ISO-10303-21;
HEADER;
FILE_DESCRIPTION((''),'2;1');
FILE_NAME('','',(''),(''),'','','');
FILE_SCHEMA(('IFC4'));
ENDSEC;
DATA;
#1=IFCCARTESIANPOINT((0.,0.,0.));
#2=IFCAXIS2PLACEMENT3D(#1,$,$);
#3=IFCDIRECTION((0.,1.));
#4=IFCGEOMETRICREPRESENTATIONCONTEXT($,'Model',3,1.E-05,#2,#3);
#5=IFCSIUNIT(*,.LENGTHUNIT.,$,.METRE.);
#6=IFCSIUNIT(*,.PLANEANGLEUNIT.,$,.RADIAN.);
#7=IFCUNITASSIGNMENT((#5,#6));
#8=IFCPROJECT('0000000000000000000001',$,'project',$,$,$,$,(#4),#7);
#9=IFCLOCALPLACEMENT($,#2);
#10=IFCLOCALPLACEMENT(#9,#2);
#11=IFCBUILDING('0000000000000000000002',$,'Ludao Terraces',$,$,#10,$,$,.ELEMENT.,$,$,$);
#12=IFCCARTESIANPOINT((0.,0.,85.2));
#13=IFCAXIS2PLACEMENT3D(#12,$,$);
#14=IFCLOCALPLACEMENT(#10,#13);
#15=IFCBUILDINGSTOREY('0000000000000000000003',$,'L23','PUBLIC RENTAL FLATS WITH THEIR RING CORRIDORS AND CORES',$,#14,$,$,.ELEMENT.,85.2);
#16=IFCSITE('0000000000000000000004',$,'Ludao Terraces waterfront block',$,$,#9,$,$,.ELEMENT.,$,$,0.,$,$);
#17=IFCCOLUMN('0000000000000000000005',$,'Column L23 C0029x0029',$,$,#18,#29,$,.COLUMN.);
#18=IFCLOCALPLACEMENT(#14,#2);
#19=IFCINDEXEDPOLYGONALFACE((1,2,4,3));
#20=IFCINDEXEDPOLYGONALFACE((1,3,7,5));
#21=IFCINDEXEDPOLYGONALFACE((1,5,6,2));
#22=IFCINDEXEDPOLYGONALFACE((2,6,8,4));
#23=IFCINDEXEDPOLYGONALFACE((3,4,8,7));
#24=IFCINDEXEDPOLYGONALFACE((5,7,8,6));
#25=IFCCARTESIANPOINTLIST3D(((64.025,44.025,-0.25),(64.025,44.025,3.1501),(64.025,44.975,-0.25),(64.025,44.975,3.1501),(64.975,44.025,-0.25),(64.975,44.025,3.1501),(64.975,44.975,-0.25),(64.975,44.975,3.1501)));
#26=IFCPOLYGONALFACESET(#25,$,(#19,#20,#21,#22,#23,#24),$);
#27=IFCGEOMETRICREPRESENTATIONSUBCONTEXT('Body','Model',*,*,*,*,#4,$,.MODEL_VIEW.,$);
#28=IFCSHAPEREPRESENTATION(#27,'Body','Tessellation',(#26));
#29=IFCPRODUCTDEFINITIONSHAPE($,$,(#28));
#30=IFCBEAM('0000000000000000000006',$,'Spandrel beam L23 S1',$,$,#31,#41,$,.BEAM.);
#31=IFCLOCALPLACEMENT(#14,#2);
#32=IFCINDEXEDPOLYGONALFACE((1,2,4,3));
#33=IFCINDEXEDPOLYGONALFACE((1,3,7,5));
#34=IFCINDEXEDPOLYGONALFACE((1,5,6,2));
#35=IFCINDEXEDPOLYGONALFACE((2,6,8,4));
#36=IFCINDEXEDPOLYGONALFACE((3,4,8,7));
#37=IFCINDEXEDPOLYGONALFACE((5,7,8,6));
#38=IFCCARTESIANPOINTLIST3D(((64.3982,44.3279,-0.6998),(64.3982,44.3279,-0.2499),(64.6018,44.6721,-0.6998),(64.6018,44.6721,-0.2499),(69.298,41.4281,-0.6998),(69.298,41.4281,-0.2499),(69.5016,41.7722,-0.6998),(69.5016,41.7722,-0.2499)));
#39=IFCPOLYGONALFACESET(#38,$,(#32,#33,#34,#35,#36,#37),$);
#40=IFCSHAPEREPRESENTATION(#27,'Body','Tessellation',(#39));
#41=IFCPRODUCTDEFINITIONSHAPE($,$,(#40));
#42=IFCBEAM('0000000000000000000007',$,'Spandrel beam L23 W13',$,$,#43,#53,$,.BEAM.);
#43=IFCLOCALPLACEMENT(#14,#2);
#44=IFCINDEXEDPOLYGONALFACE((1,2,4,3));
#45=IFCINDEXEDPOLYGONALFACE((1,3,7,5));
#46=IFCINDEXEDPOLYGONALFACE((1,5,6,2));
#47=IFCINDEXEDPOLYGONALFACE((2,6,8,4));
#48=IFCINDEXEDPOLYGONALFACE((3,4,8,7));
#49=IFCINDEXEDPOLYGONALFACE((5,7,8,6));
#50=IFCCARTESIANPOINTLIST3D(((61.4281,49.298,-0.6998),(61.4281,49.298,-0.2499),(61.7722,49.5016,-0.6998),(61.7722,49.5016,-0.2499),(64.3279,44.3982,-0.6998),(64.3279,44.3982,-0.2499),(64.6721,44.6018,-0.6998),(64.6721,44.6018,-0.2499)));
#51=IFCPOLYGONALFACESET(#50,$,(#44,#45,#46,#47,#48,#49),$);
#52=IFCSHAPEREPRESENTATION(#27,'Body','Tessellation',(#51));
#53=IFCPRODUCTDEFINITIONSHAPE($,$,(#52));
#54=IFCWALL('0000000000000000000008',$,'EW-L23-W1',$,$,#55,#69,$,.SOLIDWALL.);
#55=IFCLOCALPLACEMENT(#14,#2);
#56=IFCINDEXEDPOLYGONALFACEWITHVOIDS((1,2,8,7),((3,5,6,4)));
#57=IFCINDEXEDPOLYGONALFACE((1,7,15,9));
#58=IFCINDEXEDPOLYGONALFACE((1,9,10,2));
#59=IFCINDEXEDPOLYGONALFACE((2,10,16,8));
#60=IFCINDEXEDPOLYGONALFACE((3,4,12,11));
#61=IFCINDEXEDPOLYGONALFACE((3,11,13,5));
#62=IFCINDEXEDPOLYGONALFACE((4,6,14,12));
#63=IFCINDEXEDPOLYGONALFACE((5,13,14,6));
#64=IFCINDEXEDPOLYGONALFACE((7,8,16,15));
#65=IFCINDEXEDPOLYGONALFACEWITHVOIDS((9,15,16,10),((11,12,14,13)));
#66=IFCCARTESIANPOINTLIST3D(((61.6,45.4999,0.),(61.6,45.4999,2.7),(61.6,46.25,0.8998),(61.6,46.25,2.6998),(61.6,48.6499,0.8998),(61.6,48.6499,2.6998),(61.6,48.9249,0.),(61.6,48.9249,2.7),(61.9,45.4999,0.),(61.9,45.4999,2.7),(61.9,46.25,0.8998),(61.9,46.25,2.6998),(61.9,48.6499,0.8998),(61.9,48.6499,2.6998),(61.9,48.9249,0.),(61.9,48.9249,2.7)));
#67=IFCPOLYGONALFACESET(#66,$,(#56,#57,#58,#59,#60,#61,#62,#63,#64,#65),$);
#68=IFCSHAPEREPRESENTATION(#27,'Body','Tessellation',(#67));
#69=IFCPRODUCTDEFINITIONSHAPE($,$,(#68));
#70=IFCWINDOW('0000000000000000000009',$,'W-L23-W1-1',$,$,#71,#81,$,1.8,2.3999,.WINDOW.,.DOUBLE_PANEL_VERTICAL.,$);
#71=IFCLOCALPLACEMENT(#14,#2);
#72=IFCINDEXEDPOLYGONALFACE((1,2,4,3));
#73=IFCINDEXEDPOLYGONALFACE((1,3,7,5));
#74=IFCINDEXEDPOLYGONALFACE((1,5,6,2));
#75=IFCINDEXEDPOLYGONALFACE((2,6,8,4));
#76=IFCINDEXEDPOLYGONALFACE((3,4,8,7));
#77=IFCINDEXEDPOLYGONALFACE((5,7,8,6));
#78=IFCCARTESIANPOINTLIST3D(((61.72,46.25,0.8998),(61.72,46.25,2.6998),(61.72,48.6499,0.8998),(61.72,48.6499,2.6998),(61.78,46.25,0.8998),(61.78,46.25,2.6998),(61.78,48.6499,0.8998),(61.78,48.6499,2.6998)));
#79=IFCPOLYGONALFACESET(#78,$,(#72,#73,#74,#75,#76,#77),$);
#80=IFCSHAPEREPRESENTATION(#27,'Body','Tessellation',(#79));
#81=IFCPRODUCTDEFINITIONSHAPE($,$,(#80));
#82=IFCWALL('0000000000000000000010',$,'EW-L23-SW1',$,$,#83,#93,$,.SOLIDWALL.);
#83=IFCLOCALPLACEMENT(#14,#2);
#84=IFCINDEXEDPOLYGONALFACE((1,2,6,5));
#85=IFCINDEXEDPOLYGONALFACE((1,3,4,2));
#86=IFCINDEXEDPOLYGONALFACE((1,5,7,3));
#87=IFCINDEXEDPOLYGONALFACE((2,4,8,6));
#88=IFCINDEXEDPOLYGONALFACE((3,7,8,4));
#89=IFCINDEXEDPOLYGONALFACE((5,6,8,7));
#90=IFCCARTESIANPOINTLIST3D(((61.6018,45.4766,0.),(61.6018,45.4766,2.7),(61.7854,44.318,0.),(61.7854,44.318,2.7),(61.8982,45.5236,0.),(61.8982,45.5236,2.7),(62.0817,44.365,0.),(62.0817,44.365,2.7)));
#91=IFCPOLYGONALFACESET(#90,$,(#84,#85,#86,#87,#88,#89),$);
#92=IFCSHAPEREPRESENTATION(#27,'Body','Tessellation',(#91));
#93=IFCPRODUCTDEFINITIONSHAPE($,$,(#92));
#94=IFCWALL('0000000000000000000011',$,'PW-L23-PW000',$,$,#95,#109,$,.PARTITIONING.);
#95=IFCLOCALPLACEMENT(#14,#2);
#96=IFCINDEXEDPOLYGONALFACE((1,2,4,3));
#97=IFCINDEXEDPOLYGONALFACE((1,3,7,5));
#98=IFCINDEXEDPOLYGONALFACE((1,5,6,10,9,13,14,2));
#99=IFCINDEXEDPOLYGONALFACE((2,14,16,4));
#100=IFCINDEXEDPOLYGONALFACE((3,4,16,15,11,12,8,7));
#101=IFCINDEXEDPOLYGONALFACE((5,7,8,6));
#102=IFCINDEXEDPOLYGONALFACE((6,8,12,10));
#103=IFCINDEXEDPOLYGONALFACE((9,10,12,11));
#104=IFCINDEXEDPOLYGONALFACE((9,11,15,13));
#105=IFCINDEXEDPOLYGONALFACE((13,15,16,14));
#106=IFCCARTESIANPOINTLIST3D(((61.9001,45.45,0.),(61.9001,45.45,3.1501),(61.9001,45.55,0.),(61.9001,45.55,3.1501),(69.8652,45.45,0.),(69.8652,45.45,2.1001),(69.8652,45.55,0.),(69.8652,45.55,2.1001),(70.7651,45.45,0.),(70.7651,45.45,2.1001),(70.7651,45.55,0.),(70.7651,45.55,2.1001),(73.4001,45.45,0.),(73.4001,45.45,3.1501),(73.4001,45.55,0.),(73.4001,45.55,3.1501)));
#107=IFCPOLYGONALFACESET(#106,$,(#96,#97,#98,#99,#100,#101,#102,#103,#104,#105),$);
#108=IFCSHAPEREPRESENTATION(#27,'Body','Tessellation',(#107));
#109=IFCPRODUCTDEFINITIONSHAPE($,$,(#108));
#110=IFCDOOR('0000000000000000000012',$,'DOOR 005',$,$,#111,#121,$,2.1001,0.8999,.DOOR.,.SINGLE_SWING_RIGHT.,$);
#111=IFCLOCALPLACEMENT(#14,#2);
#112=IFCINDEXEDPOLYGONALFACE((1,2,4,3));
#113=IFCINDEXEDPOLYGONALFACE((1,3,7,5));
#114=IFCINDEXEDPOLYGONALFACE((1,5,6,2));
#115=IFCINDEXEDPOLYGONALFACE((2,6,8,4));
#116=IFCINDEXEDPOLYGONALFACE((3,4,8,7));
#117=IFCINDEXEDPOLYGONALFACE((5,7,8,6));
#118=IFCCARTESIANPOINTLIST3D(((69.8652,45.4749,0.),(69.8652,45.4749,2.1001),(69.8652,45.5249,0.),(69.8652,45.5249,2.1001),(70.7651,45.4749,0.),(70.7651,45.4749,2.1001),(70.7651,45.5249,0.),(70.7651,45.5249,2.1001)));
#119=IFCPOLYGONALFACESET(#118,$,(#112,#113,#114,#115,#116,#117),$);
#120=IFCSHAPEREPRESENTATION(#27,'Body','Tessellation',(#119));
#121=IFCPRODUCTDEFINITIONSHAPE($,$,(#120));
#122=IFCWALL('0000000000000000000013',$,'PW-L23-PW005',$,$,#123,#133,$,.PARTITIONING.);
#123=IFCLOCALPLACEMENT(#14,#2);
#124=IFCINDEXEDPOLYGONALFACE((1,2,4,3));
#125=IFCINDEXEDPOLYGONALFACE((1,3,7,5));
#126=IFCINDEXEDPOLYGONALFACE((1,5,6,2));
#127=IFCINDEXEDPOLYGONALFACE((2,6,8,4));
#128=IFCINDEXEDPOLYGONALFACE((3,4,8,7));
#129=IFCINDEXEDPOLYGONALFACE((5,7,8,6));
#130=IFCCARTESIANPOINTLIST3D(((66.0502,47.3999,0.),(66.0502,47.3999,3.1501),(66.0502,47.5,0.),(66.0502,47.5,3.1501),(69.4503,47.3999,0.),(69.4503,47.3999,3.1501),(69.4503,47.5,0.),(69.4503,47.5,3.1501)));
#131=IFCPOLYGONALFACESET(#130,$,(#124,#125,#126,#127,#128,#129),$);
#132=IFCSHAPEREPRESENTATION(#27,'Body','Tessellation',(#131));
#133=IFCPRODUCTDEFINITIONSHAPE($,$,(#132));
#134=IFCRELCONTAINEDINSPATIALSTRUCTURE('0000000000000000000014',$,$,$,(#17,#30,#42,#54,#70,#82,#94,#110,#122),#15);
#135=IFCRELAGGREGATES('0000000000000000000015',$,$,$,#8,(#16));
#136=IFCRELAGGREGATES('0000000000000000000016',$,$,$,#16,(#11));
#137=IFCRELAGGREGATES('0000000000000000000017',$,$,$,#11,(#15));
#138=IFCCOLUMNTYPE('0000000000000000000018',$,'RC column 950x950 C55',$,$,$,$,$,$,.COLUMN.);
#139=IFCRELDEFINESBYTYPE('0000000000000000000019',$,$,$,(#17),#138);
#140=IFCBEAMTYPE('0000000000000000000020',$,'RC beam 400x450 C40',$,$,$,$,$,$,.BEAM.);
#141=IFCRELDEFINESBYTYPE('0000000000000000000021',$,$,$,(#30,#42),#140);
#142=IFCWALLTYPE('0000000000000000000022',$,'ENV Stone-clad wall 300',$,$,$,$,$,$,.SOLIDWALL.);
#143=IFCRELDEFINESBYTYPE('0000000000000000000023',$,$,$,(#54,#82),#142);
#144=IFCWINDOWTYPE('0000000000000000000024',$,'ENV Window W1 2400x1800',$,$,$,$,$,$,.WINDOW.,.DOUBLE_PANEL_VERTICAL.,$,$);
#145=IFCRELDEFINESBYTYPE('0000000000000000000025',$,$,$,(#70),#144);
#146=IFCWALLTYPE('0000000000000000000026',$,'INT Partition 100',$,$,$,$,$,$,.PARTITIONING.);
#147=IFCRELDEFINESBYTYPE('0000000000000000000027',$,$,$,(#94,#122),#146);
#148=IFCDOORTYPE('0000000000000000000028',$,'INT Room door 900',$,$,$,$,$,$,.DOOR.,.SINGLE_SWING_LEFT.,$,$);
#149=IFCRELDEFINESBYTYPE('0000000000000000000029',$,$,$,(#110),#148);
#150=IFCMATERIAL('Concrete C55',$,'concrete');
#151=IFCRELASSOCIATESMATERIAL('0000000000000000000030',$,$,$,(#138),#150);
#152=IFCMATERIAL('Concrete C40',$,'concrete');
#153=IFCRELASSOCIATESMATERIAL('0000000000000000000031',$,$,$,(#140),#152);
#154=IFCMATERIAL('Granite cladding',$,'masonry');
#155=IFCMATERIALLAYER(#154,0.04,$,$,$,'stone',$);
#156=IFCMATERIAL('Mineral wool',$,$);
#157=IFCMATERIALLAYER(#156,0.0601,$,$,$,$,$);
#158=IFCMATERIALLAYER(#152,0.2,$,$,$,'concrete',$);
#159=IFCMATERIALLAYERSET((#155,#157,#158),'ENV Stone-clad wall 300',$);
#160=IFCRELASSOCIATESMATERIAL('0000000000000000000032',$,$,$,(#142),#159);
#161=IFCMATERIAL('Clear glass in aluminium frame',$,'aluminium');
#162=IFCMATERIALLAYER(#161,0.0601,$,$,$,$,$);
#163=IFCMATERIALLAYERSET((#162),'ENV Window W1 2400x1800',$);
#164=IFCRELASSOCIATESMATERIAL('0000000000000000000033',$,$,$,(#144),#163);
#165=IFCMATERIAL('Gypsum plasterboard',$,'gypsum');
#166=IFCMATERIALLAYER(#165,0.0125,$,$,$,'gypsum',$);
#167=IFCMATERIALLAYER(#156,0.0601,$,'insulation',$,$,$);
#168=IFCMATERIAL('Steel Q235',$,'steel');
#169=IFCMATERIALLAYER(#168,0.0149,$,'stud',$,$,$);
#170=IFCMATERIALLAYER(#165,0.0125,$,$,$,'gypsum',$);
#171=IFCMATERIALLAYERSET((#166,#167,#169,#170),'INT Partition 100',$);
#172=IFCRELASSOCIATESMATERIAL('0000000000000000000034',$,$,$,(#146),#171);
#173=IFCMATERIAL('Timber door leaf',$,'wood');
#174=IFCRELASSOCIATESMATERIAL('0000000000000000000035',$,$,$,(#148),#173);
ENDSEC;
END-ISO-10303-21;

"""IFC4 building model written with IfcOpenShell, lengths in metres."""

from ifc_helpers import new_model, si_unit, direction, frame, frame_2d, origin, origin_2d, place, context, subcontext, project, spatial, rectangle, extrude, material, layer, layer_set, material_profile, profile_set, type_object, element, fill, save


model = new_model("IFC4")

# Units and contexts
model_context = context("Model", 3, precision=1e-05, world=origin(), true_north=direction((0.0, 1.0)))
body_context = subcontext(model_context, "Body", "Model", "MODEL_VIEW")
ifc_project = project(units=[si_unit("LENGTHUNIT", "METRE"), si_unit("PLANEANGLEUNIT", "RADIAN")], contexts=[model_context])

# Site, building, storey
site_placement = place(None, origin())
site = spatial("IfcSite", under=ifc_project, at=site_placement, Name="Ludao Terraces waterfront block", CompositionType="ELEMENT", RefElevation=0.0)
building_placement = place(site_placement, origin())
building = spatial("IfcBuilding", under=site, at=building_placement, Name="Ludao Terraces", CompositionType="ELEMENT")
storey_placement = place(building_placement, frame((0.0, 0.0, 85.2)))
storey = spatial("IfcBuildingStorey", under=building, at=storey_placement, Name="L23", Description="PUBLIC RENTAL FLATS WITH THEIR RING CORRIDORS AND CORES", CompositionType="ELEMENT", Elevation=85.2)

# Column
ifc_material_1 = material(Name="Concrete C55", Category="concrete")
ifc_material_profile_1 = material_profile(ifc_material_1, rectangle(XDim=0.95, YDim=0.95, at=origin_2d()), Name="950 X 950")
ifc_profile_set_1 = profile_set([ifc_material_profile_1], Name="Concrete C55")
column_type = type_object("IfcColumnType", Name="RC column 950x950 C55", PredefinedType="COLUMN", material=ifc_profile_set_1)
column_placement = place(storey_placement, frame((64.5, 44.5, -0.25), z_axis=(0.0, 0.0, 1.0), x_axis=(1.0, 0.0, 0.0)))
element("IfcColumn", 1, at=column_placement, inside=storey, type_object=column_type, Name="Column L23 C0029x0029", PredefinedType="COLUMN", context=body_context, shape_type="SweptSolid", body=[
    extrude(rectangle(XDim=0.95, YDim=0.95, at=origin_2d()), origin(), (0.0, 0.0, 1.0), 3.4001),
])

# Beams
ifc_material_2 = material(Name="Concrete C40", Category="concrete")
ifc_material_profile_2 = material_profile(ifc_material_2, rectangle(XDim=0.3999, YDim=0.45, at=origin_2d()), Name="400 X 450")
ifc_profile_set_2 = profile_set([ifc_material_profile_2], Name="Concrete C40")
beam_type = type_object("IfcBeamType", Name="RC beam 400x450 C40", PredefinedType="BEAM", material=ifc_profile_set_2)
for number, where, z_axis, x_axis, name in (
    (2, (64.5, 44.5, -0.4749), (0.86058, -0.509316, 0.0), (0.509316, 0.86058, 0.0), "Spandrel beam L23 S1"),
    (3, (64.5, 44.5, -0.4749), (-0.509316, 0.86058, 0.0), (-0.86058, -0.509316, 0.0), "Spandrel beam L23 W13"),
):
    element("IfcBeam", number, at=place(storey_placement, frame(where, z_axis=z_axis, x_axis=x_axis)), inside=storey, type_object=beam_type, Name=name, PredefinedType="BEAM", context=body_context, shape_type="SweptSolid", body=[
        extrude(rectangle(XDim=0.3999, YDim=0.45, at=origin_2d()), origin(), (0.0, 0.0, 1.0), 5.6936),
    ])

# Wall, opening, window
ifc_material_3 = material(Name="Granite cladding", Category="masonry")
ifc_layer_1 = layer(ifc_material_3, 0.04, Category="stone")
ifc_material_4 = material(Name="Mineral wool")
ifc_layer_2 = layer(ifc_material_4, 0.0601)
ifc_layer_3 = layer(ifc_material_2, 0.2, Category="concrete")
ifc_layer_set_1 = layer_set([ifc_layer_1, ifc_layer_2, ifc_layer_3], Name="ENV Stone-clad wall 300")
wall_type_1 = type_object("IfcWallType", Name="ENV Stone-clad wall 300", PredefinedType="SOLIDWALL", material=ifc_layer_set_1)
wall_1_placement = place(storey_placement, frame((61.75, 45.5, 0.0), z_axis=(0.0, 0.0, 1.0), x_axis=(0.0, 1.0, 0.0)))
wall_1 = element("IfcWall", 4, at=wall_1_placement, inside=storey, type_object=wall_type_1, Name="EW-L23-W1", PredefinedType="SOLIDWALL", context=body_context, shape_type="SweptSolid", body=[
    extrude(rectangle(XDim=3.425, YDim=0.3, at=frame_2d((1.7124, 0.0))), origin(), (0.0, 0.0, 1.0), 2.7),
])
opening_1_placement = place(wall_1_placement, frame((0.75, 0.0, 0.8999)))
opening_1 = element("IfcOpeningElement", 5, at=opening_1_placement, cuts=wall_1, PredefinedType="OPENING", context=body_context, shape_type="SweptSolid", body=[
    extrude(rectangle(XDim=2.3999, YDim=1.8, at=frame_2d((1.2, 0.8999))), frame((0.0, 0.1602, 0.0), z_axis=(0.0, -1.0, 0.0), x_axis=(1.0, 0.0, 0.0)), (0.0, 0.0, 1.0), 0.3201),
])
ifc_material_5 = material(Name="Clear glass in aluminium frame", Category="aluminium")
ifc_layer_4 = layer(ifc_material_5, 0.0601)
ifc_layer_set_2 = layer_set([ifc_layer_4], Name="ENV Window W1 2400x1800")
window_type = type_object("IfcWindowType", Name="ENV Window W1 2400x1800", PartitioningType="DOUBLE_PANEL_VERTICAL", PredefinedType="WINDOW", material=ifc_layer_set_2)
window_placement = place(opening_1_placement, origin())
window = element("IfcWindow", 6, at=window_placement, inside=storey, type_object=window_type, Name="W-L23-W1-1", OverallHeight=1.8, OverallWidth=2.3999, PartitioningType="DOUBLE_PANEL_VERTICAL", PredefinedType="WINDOW", context=body_context, shape_type="SweptSolid", body=[
    extrude(rectangle(XDim=2.3999, YDim=1.8, at=frame_2d((1.2, 0.8999))), frame((0.0, 0.03, 0.0), z_axis=(0.0, -1.0, 0.0), x_axis=(1.0, 0.0, 0.0)), (0.0, 0.0, 1.0), 0.0601),
])
fill(opening_1, window)

# Wall
wall_2_placement = place(storey_placement, frame((61.75, 45.5, 0.0), z_axis=(0.0, 0.0, 1.0), x_axis=(0.156497, -0.987678, 0.0)))
element("IfcWall", 7, at=wall_2_placement, inside=storey, type_object=wall_type_1, Name="EW-L23-SW1", PredefinedType="SOLIDWALL", context=body_context, shape_type="SweptSolid", body=[
    extrude(rectangle(XDim=1.1731, YDim=0.3, at=frame_2d((0.5864, 0.0))), origin(), (0.0, 0.0, 1.0), 2.7),
])

# Wall, opening, door
ifc_material_6 = material(Name="Gypsum plasterboard", Category="gypsum")
ifc_layer_5 = layer(ifc_material_6, 0.0125, Category="gypsum")
ifc_layer_6 = layer(ifc_material_4, 0.0601, Name="insulation")
ifc_material_7 = material(Name="Steel Q235", Category="steel")
ifc_layer_7 = layer(ifc_material_7, 0.0149, Name="stud")
ifc_layer_8 = layer(ifc_material_6, 0.0125, Category="gypsum")
ifc_layer_set_3 = layer_set([ifc_layer_5, ifc_layer_6, ifc_layer_7, ifc_layer_8], Name="INT Partition 100")
wall_type_2 = type_object("IfcWallType", Name="INT Partition 100", PredefinedType="PARTITIONING", material=ifc_layer_set_3)
wall_3_placement = place(storey_placement, frame((61.9001, 45.5, 0.0), z_axis=(0.0, 0.0, 1.0), x_axis=(1.0, 0.0, 0.0)))
wall_3 = element("IfcWall", 8, at=wall_3_placement, inside=storey, type_object=wall_type_2, Name="PW-L23-PW000", PredefinedType="PARTITIONING", context=body_context, shape_type="SweptSolid", body=[
    extrude(rectangle(XDim=11.5, YDim=0.1001, at=frame_2d((5.75, 0.0))), origin(), (0.0, 0.0, 1.0), 3.1501),
])
opening_2_placement = place(wall_3_placement, frame((7.9651, 0.0, 0.0)))
opening_2 = element("IfcOpeningElement", 9, at=opening_2_placement, cuts=wall_3, PredefinedType="OPENING", context=body_context, shape_type="SweptSolid", body=[
    extrude(rectangle(XDim=0.8999, YDim=2.1001, at=frame_2d((0.45, 1.05))), frame((0.0, 0.0601, 0.0), z_axis=(0.0, -1.0, 0.0), x_axis=(1.0, 0.0, 0.0)), (0.0, 0.0, 1.0), 0.1201),
])
ifc_material_8 = material(Name="Timber door leaf", Category="wood")
door_type = type_object("IfcDoorType", Name="INT Room door 900", OperationType="SINGLE_SWING_LEFT", PredefinedType="DOOR", material=ifc_material_8)
door_placement = place(opening_2_placement, origin())
door = element("IfcDoor", 10, at=door_placement, inside=storey, type_object=door_type, Name="DOOR 005", OperationType="SINGLE_SWING_RIGHT", OverallHeight=2.1001, OverallWidth=0.8999, PredefinedType="DOOR", context=body_context, shape_type="SweptSolid", body=[
    extrude(rectangle(XDim=0.8999, YDim=2.1001, at=frame_2d((0.45, 1.05))), frame((0.0, 0.0249, 0.0), z_axis=(0.0, -1.0, 0.0), x_axis=(1.0, 0.0, 0.0)), (0.0, 0.0, 1.0), 0.05),
])
fill(opening_2, door)

# Wall
wall_4_placement = place(storey_placement, frame((66.05, 47.45, 0.0), z_axis=(0.0, 0.0, 1.0), x_axis=(1.0, 0.0, 0.0)))
element("IfcWall", 11, at=wall_4_placement, inside=storey, type_object=wall_type_2, Name="PW-L23-PW005", PredefinedType="PARTITIONING", context=body_context, shape_type="SweptSolid", body=[
    extrude(rectangle(XDim=3.4001, YDim=0.1001, at=frame_2d((1.7002, 0.0))), origin(), (0.0, 0.0, 1.0), 3.1501),
])

save(model, "model.ifc")
